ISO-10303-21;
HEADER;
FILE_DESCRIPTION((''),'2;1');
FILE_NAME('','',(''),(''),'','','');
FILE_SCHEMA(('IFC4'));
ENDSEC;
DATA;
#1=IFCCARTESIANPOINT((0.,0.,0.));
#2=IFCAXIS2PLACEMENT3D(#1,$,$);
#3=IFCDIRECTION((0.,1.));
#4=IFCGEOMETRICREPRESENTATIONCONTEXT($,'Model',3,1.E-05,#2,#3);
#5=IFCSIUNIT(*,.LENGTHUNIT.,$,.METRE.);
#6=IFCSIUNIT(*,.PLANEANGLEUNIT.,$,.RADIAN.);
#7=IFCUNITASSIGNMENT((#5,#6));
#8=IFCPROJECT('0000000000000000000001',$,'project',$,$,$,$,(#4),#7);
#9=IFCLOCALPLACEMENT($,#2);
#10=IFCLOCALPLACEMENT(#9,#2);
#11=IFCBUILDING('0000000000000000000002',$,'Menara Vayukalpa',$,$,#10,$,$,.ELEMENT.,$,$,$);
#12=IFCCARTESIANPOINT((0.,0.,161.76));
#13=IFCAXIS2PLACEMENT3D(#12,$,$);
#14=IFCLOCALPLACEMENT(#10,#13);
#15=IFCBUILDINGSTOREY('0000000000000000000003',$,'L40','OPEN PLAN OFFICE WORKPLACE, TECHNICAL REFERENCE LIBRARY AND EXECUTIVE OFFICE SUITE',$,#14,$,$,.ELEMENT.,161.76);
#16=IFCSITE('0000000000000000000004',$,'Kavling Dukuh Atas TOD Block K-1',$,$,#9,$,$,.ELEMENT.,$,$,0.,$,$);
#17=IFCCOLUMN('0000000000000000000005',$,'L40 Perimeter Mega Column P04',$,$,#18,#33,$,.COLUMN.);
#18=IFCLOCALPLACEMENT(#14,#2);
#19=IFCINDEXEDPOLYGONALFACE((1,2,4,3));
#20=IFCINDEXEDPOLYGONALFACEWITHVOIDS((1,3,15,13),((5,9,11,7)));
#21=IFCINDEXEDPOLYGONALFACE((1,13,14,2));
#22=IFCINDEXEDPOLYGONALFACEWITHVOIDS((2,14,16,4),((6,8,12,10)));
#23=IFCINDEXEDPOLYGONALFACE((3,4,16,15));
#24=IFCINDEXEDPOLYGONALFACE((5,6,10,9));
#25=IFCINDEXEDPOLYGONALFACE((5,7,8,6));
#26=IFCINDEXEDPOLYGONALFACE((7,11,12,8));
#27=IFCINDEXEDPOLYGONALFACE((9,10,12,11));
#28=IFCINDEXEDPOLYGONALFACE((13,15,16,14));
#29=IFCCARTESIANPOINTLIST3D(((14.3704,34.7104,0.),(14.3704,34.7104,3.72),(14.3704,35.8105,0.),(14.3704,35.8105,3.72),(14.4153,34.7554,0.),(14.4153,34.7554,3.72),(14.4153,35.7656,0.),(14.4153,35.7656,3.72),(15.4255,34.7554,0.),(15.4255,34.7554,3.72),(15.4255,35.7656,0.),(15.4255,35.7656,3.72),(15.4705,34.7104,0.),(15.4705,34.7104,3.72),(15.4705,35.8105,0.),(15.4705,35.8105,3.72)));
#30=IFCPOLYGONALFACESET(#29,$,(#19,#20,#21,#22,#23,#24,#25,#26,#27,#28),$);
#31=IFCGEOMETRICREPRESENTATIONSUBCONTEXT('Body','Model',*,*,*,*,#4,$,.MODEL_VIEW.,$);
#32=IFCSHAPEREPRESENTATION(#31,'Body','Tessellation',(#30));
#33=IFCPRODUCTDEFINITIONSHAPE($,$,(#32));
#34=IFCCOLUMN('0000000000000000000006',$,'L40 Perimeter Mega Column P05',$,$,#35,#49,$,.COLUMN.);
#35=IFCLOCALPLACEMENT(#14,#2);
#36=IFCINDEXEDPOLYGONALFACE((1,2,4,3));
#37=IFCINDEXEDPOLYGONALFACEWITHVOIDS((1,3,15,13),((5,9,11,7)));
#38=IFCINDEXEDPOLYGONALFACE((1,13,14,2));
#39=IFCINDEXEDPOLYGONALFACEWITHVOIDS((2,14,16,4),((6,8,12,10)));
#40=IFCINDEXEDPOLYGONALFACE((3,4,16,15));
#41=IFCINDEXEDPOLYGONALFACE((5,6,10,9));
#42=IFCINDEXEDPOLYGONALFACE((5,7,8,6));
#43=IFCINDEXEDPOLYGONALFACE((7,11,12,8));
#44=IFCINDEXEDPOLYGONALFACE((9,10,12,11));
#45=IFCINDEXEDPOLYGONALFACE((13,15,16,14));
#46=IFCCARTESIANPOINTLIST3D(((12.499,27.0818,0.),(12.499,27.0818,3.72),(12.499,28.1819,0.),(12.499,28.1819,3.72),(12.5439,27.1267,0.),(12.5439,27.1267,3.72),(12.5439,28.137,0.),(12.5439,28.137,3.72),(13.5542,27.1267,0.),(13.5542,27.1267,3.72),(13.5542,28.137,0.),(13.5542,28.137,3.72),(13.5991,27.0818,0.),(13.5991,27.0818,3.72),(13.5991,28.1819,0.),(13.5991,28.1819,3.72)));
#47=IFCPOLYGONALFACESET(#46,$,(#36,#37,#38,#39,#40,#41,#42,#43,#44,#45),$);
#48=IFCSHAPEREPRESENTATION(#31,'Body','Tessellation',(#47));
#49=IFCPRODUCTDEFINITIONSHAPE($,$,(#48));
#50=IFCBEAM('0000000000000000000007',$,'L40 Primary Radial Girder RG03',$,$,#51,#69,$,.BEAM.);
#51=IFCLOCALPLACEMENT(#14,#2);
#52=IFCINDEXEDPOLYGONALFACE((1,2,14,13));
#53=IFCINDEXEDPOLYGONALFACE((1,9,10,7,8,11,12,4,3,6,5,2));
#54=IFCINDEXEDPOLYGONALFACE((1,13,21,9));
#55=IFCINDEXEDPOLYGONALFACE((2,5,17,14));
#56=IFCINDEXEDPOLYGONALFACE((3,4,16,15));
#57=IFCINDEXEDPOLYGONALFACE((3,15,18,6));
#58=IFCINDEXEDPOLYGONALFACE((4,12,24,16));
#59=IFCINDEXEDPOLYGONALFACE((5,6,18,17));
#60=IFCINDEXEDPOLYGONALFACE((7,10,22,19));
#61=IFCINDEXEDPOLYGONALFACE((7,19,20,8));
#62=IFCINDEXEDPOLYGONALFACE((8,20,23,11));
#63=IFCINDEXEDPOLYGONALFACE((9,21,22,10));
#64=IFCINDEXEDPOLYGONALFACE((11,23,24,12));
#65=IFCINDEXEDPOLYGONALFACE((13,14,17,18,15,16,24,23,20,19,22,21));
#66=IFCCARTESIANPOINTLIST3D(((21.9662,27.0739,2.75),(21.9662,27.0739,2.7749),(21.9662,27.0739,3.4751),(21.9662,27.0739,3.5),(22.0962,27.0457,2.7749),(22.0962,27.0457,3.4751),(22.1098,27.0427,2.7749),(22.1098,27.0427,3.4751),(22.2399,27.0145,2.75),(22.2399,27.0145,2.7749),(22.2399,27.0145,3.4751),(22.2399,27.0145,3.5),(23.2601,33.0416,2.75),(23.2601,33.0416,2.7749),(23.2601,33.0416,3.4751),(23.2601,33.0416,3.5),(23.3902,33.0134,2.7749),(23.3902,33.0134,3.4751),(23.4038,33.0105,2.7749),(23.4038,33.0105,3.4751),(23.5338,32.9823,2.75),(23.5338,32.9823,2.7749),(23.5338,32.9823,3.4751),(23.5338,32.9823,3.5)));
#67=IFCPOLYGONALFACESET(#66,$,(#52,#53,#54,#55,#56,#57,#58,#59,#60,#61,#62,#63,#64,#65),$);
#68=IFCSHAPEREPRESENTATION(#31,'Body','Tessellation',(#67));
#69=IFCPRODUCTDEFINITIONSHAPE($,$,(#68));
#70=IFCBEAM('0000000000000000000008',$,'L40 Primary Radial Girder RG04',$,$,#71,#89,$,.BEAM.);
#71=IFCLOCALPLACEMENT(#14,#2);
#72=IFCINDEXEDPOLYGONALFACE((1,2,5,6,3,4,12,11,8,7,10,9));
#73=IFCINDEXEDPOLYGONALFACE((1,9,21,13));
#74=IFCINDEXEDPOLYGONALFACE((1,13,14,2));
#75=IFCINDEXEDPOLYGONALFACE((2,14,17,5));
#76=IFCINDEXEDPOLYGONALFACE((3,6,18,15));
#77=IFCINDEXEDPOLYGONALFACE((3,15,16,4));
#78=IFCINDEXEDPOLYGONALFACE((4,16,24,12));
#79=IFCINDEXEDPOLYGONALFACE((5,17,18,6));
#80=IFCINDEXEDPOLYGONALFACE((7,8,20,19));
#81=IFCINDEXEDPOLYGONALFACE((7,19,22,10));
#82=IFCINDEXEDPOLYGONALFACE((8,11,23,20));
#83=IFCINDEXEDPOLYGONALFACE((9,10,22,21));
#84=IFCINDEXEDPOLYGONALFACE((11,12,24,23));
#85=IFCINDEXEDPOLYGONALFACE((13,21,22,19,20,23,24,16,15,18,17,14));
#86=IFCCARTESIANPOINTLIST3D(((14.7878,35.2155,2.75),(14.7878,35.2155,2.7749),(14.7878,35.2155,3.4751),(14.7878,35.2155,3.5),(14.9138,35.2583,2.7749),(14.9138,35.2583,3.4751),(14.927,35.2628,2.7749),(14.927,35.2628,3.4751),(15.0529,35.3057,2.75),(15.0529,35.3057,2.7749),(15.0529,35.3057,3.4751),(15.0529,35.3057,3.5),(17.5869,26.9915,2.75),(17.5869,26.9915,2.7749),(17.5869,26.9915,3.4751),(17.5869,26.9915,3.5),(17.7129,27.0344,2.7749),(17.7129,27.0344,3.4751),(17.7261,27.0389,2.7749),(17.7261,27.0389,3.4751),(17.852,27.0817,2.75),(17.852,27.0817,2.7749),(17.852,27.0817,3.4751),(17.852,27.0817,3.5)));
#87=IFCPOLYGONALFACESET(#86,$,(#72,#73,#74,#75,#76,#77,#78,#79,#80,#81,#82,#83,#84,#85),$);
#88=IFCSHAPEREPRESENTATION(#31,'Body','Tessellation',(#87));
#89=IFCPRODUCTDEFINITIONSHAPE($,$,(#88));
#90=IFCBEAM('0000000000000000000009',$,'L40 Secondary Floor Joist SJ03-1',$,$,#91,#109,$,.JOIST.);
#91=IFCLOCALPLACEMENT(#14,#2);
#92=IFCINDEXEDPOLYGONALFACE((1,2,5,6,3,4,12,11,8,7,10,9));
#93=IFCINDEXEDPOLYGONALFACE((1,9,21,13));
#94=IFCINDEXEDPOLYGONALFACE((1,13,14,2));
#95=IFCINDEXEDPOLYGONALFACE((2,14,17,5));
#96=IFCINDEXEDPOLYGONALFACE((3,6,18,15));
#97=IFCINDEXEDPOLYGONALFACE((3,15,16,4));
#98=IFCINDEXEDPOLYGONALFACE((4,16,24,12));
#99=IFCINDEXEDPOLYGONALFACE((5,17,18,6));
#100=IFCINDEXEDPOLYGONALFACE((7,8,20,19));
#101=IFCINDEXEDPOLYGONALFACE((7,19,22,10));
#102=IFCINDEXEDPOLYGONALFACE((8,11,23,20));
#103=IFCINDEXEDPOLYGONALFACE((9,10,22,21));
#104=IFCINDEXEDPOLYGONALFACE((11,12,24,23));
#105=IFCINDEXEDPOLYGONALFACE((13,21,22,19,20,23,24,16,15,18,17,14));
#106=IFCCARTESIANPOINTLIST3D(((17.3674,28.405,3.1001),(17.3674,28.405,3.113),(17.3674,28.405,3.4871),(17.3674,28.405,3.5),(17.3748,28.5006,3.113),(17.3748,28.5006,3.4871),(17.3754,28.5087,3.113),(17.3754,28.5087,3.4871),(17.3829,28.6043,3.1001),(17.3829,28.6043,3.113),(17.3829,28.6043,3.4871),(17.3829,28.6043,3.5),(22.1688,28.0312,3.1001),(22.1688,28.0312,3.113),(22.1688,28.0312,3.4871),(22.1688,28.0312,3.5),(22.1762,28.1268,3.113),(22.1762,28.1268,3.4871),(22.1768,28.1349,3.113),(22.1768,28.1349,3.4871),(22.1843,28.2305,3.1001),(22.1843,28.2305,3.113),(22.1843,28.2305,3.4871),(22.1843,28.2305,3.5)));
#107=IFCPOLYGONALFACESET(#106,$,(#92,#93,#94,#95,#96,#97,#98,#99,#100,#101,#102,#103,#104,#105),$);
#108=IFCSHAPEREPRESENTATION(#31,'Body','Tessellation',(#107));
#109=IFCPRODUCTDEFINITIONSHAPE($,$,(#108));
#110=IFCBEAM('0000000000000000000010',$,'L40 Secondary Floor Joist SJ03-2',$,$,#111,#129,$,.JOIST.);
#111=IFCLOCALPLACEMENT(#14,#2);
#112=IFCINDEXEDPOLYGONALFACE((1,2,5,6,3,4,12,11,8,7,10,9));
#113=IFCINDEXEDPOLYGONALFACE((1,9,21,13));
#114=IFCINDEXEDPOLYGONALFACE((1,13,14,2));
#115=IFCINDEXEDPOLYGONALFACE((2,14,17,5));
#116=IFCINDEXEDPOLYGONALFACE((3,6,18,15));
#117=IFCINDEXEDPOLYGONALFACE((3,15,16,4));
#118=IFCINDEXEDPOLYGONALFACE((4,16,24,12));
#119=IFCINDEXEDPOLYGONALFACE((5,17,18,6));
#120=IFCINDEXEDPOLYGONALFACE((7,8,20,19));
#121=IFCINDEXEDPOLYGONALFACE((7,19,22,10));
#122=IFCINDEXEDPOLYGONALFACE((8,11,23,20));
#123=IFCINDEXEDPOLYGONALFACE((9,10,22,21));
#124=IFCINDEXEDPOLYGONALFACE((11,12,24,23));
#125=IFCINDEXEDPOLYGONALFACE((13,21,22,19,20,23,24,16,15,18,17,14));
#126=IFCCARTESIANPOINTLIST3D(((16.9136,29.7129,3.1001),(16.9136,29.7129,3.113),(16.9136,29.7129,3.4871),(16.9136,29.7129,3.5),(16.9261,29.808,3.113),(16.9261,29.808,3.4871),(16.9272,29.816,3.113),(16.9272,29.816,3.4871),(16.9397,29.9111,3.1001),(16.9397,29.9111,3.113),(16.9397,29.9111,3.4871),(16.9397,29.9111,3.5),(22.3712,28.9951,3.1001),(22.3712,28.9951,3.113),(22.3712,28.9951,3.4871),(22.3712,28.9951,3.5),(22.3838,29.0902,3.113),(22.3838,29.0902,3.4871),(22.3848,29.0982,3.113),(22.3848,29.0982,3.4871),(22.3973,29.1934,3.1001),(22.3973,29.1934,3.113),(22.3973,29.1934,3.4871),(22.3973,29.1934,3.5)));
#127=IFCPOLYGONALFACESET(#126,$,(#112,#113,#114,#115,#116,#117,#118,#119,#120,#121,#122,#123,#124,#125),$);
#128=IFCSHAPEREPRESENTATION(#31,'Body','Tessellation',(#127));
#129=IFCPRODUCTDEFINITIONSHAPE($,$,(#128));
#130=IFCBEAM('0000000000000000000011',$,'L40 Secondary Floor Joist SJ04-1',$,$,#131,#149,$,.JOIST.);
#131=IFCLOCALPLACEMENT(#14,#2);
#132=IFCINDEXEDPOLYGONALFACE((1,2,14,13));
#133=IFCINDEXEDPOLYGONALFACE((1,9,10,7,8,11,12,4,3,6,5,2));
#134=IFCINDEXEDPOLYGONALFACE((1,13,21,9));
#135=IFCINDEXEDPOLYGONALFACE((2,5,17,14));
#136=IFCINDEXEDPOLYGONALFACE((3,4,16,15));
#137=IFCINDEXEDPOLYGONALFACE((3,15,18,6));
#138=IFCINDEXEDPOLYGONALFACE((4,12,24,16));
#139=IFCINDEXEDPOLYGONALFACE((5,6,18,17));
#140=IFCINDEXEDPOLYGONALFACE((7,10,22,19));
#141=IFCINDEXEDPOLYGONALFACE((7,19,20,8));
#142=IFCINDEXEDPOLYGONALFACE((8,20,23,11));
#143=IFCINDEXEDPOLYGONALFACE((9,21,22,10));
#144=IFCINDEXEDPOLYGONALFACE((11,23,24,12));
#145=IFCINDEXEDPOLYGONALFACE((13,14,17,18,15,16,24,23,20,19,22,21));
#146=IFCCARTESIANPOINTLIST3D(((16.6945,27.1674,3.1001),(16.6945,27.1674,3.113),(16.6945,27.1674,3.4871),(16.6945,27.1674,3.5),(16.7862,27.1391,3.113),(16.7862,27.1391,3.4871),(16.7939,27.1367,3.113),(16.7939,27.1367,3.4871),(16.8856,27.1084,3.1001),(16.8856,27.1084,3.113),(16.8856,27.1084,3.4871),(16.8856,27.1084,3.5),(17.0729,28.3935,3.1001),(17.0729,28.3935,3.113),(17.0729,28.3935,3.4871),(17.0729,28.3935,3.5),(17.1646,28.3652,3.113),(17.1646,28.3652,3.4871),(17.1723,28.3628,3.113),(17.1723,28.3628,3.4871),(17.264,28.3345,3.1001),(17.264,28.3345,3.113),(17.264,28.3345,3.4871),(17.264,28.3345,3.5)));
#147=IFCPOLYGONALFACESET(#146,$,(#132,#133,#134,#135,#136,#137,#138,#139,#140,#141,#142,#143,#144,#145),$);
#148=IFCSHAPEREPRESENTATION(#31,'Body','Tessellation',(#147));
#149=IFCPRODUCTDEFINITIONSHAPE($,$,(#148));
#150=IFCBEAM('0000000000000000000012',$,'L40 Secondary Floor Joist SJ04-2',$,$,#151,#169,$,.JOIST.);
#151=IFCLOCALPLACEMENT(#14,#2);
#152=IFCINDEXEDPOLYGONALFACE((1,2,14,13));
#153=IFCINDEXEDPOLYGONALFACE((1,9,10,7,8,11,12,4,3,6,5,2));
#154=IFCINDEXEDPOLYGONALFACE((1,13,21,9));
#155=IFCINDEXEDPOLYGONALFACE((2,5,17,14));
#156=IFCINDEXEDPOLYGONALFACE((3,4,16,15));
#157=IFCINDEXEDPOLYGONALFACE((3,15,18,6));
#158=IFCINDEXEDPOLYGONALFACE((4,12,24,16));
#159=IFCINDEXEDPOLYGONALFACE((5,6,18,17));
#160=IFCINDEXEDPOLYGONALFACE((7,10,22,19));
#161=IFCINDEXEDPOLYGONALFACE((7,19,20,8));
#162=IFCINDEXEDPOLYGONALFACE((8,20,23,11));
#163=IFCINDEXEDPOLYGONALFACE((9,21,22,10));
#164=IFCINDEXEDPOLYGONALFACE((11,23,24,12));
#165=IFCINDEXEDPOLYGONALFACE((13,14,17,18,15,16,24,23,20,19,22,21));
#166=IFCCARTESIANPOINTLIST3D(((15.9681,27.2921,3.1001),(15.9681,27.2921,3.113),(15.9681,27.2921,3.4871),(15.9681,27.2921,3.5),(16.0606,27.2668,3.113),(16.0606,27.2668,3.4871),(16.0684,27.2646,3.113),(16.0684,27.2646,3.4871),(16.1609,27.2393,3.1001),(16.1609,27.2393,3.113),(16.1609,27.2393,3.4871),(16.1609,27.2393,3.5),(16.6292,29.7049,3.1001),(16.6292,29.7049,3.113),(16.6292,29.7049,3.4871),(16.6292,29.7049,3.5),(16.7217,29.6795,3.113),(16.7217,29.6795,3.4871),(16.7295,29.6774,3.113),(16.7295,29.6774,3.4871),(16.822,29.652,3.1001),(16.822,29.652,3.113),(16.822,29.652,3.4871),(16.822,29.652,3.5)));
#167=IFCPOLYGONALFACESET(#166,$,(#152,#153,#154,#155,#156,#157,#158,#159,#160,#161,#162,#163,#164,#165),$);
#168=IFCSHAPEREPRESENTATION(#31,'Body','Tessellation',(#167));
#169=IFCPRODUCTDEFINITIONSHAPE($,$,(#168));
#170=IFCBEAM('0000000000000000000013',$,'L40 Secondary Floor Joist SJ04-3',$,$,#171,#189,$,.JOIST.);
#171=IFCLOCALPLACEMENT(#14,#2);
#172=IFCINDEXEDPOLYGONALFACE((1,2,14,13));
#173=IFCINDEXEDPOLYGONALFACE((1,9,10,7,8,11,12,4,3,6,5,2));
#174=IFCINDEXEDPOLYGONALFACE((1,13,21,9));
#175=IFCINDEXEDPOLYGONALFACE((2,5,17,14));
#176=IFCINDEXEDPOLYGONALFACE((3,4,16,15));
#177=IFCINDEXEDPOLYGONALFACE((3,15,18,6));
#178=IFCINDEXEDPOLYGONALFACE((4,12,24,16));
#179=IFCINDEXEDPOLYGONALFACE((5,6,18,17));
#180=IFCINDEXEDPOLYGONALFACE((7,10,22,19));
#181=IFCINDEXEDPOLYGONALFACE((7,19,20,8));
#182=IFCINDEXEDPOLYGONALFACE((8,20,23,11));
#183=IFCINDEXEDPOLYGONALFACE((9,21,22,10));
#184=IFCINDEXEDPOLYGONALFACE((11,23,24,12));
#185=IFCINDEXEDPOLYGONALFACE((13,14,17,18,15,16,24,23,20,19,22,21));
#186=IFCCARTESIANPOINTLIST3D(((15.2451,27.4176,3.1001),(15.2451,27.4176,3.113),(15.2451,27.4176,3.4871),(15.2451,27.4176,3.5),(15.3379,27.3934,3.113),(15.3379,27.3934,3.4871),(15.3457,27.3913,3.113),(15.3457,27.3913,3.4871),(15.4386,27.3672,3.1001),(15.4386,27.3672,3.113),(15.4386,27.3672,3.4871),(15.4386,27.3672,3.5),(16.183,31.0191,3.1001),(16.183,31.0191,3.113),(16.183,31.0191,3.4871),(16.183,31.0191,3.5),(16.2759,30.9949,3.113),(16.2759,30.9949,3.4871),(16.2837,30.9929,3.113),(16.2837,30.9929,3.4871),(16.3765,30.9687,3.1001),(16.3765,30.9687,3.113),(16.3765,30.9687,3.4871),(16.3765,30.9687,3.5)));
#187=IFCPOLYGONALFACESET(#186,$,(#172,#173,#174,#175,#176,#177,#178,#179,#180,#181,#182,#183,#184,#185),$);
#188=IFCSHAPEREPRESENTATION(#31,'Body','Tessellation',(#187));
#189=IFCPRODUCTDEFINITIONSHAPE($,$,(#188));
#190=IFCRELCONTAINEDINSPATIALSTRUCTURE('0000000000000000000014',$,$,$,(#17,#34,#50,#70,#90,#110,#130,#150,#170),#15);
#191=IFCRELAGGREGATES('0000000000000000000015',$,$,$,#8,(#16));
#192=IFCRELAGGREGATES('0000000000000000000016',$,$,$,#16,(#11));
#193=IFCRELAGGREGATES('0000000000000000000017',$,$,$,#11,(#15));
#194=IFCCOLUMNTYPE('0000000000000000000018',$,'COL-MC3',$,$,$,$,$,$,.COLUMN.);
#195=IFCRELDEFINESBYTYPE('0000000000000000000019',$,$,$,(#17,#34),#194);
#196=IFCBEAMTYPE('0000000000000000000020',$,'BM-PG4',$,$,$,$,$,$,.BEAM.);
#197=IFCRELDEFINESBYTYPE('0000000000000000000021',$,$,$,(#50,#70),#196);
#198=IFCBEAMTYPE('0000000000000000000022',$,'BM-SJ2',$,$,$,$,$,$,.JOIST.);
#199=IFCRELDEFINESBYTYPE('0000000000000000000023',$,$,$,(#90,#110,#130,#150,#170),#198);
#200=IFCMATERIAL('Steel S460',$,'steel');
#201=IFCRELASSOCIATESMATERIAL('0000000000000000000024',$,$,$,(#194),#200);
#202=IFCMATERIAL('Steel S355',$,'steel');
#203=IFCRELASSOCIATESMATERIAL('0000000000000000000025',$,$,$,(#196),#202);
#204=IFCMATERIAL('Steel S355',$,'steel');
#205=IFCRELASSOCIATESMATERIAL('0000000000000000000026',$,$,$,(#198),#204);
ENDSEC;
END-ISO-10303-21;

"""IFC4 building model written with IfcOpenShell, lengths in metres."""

from ifc_helpers import new_model, si_unit, direction, frame, origin, origin_2d, place, context, subcontext, project, spatial, hollow_rectangle, i_section, extrude, material, material_profile, profile_set, type_object, element, save


model = new_model("IFC4")

# Units and contexts
model_context = context("Model", 3, precision=1e-05, world=origin(), true_north=direction((0.0, 1.0)))
body_context = subcontext(model_context, "Body", "Model", "MODEL_VIEW")
ifc_project = project(units=[si_unit("LENGTHUNIT", "METRE"), si_unit("PLANEANGLEUNIT", "RADIAN")], contexts=[model_context])

# Site, building, storey
site_placement = place(None, origin())
site = spatial("IfcSite", under=ifc_project, at=site_placement, Name="Kavling Dukuh Atas TOD Block K-1", CompositionType="ELEMENT", RefElevation=0.0)
building_placement = place(site_placement, origin())
building = spatial("IfcBuilding", under=site, at=building_placement, Name="Menara Vayukalpa", CompositionType="ELEMENT")
storey_placement = place(building_placement, frame((0.0, 0.0, 161.76)))
storey = spatial("IfcBuildingStorey", under=building, at=storey_placement, Name="L40", Description="OPEN PLAN OFFICE WORKPLACE, TECHNICAL REFERENCE LIBRARY AND EXECUTIVE OFFICE SUITE", CompositionType="ELEMENT", Elevation=161.76)

# Columns
ifc_material_1 = material(Name="Steel S460", Category="steel")
ifc_material_profile_1 = material_profile(ifc_material_1, hollow_rectangle(XDim=1.1001, YDim=1.1001, WallThickness=0.0449, at=origin_2d()), Name="BOX 1100x1100x45")
ifc_profile_set_1 = profile_set([ifc_material_profile_1], Name="Steel S460")
column_type = type_object("IfcColumnType", Name="COL-MC3", PredefinedType="COLUMN", material=ifc_profile_set_1)
for number, where, z_axis, x_axis, name in (
    (1, (14.9204, 35.2605, 0.0), (0.0, 0.0, 1.0), (1.0, 0.0, 0.0), "L40 Perimeter Mega Column P04"),
    (2, (13.0491, 27.6318, 0.0), (0.0, 0.0, 1.0), (1.0, 0.0, 0.0), "L40 Perimeter Mega Column P05"),
):
    element("IfcColumn", number, at=place(storey_placement, frame(where, z_axis=z_axis, x_axis=x_axis)), inside=storey, type_object=column_type, Name=name, PredefinedType="COLUMN", context=body_context, shape_type="SweptSolid", body=[
        extrude(hollow_rectangle(XDim=1.1001, YDim=1.1001, WallThickness=0.0449, at=origin_2d()), origin(), (0.0, 0.0, 1.0), 3.72),
    ])

# Beams
ifc_material_2 = material(Name="Steel S355", Category="steel")
ifc_material_profile_2 = material_profile(ifc_material_2, i_section(OverallWidth=0.28, OverallDepth=0.75, WebThickness=0.0139, FlangeThickness=0.0249, at=origin_2d()), Name="WF 750x280x14x25")
ifc_profile_set_2 = profile_set([ifc_material_profile_2], Name="Steel S355")
beam_type_1 = type_object("IfcBeamType", Name="BM-PG4", PredefinedType="BEAM", material=ifc_profile_set_2)
beam_1_placement = place(storey_placement, frame((22.103, 27.0442, 3.125), z_axis=(0.211898, 0.977292, 0.0), x_axis=(-0.977292, 0.211898, 0.0)))
element("IfcBeam", 3, at=beam_1_placement, inside=storey, type_object=beam_type_1, Name="L40 Primary Radial Girder RG03", PredefinedType="BEAM", context=body_context, shape_type="SweptSolid", body=[
    extrude(i_section(OverallWidth=0.28, OverallDepth=0.75, WebThickness=0.0139, FlangeThickness=0.0249, at=origin_2d()), origin(), (0.0, 0.0, 1.0), 6.1064),
])
beam_2_placement = place(storey_placement, frame((17.7195, 27.0366, 3.125), z_axis=(-0.322208, 0.946669, 0.0), x_axis=(-0.946669, -0.322208, 0.0)))
element("IfcBeam", 4, at=beam_2_placement, inside=storey, type_object=beam_type_1, Name="L40 Primary Radial Girder RG04", PredefinedType="BEAM", context=body_context, shape_type="SweptSolid", body=[
    extrude(i_section(OverallWidth=0.28, OverallDepth=0.75, WebThickness=0.0139, FlangeThickness=0.0249, at=origin_2d()), origin(), (0.0, 0.0, 1.0), 8.6873),
])
ifc_material_3 = material(Name="Steel S355", Category="steel")
ifc_material_profile_3 = material_profile(ifc_material_3, i_section(OverallWidth=0.2, OverallDepth=0.3999, WebThickness=0.0081, FlangeThickness=0.0129, at=origin_2d()), Name="WF 400x200x8x13")
ifc_profile_set_3 = profile_set([ifc_material_profile_3], Name="Steel S355")
beam_type_2 = type_object("IfcBeamType", Name="BM-SJ2", PredefinedType="JOIST", material=ifc_profile_set_3)
beam_3_placement = place(storey_placement, frame((22.1765, 28.1309, 3.3), z_axis=(-0.996983, 0.077615, 0.0), x_axis=(-0.077615, -0.996983, 0.0)))
element("IfcBeam", 5, at=beam_3_placement, inside=storey, type_object=beam_type_2, Name="L40 Secondary Floor Joist SJ03-1", PredefinedType="JOIST", context=body_context, shape_type="SweptSolid", body=[
    extrude(i_section(OverallWidth=0.2, OverallDepth=0.3999, WebThickness=0.0081, FlangeThickness=0.0129, at=origin_2d()), origin(), (0.0, 0.0, 1.0), 4.8159),
])
beam_4_placement = place(storey_placement, frame((22.3843, 29.0942, 3.3), z_axis=(-0.991463, 0.130391, 0.0), x_axis=(-0.130391, -0.991463, 0.0)))
element("IfcBeam", 6, at=beam_4_placement, inside=storey, type_object=beam_type_2, Name="L40 Secondary Floor Joist SJ03-2", PredefinedType="JOIST", context=body_context, shape_type="SweptSolid", body=[
    extrude(i_section(OverallWidth=0.2, OverallDepth=0.3999, WebThickness=0.0081, FlangeThickness=0.0129, at=origin_2d()), origin(), (0.0, 0.0, 1.0), 5.5046),
])
beam_5_placement = place(storey_placement, frame((17.1685, 28.364, 3.3), z_axis=(-0.294915, -0.955524, 0.0), x_axis=(0.955524, -0.294915, 0.0)))
element("IfcBeam", 7, at=beam_5_placement, inside=storey, type_object=beam_type_2, Name="L40 Secondary Floor Joist SJ04-1", PredefinedType="JOIST", context=body_context, shape_type="SweptSolid", body=[
    extrude(i_section(OverallWidth=0.2, OverallDepth=0.3999, WebThickness=0.0081, FlangeThickness=0.0129, at=origin_2d()), origin(), (0.0, 0.0, 1.0), 1.2832),
])
beam_6_placement = place(storey_placement, frame((16.7256, 29.6785, 3.3), z_axis=(-0.264265, -0.96445, 0.0), x_axis=(0.96445, -0.264265, 0.0)))
element("IfcBeam", 8, at=beam_6_placement, inside=storey, type_object=beam_type_2, Name="L40 Secondary Floor Joist SJ04-2", PredefinedType="JOIST", context=body_context, shape_type="SweptSolid", body=[
    extrude(i_section(OverallWidth=0.2, OverallDepth=0.3999, WebThickness=0.0081, FlangeThickness=0.0129, at=origin_2d()), origin(), (0.0, 0.0, 1.0), 2.5017),
])
beam_7_placement = place(storey_placement, frame((16.2798, 30.9939, 3.3), z_axis=(-0.252032, -0.967719, 0.0), x_axis=(0.967719, -0.252032, 0.0)))
element("IfcBeam", 9, at=beam_7_placement, inside=storey, type_object=beam_type_2, Name="L40 Secondary Floor Joist SJ04-3", PredefinedType="JOIST", context=body_context, shape_type="SweptSolid", body=[
    extrude(i_section(OverallWidth=0.2, OverallDepth=0.3999, WebThickness=0.0081, FlangeThickness=0.0129, at=origin_2d()), origin(), (0.0, 0.0, 1.0), 3.7217),
])

save(model, "model.ifc")
